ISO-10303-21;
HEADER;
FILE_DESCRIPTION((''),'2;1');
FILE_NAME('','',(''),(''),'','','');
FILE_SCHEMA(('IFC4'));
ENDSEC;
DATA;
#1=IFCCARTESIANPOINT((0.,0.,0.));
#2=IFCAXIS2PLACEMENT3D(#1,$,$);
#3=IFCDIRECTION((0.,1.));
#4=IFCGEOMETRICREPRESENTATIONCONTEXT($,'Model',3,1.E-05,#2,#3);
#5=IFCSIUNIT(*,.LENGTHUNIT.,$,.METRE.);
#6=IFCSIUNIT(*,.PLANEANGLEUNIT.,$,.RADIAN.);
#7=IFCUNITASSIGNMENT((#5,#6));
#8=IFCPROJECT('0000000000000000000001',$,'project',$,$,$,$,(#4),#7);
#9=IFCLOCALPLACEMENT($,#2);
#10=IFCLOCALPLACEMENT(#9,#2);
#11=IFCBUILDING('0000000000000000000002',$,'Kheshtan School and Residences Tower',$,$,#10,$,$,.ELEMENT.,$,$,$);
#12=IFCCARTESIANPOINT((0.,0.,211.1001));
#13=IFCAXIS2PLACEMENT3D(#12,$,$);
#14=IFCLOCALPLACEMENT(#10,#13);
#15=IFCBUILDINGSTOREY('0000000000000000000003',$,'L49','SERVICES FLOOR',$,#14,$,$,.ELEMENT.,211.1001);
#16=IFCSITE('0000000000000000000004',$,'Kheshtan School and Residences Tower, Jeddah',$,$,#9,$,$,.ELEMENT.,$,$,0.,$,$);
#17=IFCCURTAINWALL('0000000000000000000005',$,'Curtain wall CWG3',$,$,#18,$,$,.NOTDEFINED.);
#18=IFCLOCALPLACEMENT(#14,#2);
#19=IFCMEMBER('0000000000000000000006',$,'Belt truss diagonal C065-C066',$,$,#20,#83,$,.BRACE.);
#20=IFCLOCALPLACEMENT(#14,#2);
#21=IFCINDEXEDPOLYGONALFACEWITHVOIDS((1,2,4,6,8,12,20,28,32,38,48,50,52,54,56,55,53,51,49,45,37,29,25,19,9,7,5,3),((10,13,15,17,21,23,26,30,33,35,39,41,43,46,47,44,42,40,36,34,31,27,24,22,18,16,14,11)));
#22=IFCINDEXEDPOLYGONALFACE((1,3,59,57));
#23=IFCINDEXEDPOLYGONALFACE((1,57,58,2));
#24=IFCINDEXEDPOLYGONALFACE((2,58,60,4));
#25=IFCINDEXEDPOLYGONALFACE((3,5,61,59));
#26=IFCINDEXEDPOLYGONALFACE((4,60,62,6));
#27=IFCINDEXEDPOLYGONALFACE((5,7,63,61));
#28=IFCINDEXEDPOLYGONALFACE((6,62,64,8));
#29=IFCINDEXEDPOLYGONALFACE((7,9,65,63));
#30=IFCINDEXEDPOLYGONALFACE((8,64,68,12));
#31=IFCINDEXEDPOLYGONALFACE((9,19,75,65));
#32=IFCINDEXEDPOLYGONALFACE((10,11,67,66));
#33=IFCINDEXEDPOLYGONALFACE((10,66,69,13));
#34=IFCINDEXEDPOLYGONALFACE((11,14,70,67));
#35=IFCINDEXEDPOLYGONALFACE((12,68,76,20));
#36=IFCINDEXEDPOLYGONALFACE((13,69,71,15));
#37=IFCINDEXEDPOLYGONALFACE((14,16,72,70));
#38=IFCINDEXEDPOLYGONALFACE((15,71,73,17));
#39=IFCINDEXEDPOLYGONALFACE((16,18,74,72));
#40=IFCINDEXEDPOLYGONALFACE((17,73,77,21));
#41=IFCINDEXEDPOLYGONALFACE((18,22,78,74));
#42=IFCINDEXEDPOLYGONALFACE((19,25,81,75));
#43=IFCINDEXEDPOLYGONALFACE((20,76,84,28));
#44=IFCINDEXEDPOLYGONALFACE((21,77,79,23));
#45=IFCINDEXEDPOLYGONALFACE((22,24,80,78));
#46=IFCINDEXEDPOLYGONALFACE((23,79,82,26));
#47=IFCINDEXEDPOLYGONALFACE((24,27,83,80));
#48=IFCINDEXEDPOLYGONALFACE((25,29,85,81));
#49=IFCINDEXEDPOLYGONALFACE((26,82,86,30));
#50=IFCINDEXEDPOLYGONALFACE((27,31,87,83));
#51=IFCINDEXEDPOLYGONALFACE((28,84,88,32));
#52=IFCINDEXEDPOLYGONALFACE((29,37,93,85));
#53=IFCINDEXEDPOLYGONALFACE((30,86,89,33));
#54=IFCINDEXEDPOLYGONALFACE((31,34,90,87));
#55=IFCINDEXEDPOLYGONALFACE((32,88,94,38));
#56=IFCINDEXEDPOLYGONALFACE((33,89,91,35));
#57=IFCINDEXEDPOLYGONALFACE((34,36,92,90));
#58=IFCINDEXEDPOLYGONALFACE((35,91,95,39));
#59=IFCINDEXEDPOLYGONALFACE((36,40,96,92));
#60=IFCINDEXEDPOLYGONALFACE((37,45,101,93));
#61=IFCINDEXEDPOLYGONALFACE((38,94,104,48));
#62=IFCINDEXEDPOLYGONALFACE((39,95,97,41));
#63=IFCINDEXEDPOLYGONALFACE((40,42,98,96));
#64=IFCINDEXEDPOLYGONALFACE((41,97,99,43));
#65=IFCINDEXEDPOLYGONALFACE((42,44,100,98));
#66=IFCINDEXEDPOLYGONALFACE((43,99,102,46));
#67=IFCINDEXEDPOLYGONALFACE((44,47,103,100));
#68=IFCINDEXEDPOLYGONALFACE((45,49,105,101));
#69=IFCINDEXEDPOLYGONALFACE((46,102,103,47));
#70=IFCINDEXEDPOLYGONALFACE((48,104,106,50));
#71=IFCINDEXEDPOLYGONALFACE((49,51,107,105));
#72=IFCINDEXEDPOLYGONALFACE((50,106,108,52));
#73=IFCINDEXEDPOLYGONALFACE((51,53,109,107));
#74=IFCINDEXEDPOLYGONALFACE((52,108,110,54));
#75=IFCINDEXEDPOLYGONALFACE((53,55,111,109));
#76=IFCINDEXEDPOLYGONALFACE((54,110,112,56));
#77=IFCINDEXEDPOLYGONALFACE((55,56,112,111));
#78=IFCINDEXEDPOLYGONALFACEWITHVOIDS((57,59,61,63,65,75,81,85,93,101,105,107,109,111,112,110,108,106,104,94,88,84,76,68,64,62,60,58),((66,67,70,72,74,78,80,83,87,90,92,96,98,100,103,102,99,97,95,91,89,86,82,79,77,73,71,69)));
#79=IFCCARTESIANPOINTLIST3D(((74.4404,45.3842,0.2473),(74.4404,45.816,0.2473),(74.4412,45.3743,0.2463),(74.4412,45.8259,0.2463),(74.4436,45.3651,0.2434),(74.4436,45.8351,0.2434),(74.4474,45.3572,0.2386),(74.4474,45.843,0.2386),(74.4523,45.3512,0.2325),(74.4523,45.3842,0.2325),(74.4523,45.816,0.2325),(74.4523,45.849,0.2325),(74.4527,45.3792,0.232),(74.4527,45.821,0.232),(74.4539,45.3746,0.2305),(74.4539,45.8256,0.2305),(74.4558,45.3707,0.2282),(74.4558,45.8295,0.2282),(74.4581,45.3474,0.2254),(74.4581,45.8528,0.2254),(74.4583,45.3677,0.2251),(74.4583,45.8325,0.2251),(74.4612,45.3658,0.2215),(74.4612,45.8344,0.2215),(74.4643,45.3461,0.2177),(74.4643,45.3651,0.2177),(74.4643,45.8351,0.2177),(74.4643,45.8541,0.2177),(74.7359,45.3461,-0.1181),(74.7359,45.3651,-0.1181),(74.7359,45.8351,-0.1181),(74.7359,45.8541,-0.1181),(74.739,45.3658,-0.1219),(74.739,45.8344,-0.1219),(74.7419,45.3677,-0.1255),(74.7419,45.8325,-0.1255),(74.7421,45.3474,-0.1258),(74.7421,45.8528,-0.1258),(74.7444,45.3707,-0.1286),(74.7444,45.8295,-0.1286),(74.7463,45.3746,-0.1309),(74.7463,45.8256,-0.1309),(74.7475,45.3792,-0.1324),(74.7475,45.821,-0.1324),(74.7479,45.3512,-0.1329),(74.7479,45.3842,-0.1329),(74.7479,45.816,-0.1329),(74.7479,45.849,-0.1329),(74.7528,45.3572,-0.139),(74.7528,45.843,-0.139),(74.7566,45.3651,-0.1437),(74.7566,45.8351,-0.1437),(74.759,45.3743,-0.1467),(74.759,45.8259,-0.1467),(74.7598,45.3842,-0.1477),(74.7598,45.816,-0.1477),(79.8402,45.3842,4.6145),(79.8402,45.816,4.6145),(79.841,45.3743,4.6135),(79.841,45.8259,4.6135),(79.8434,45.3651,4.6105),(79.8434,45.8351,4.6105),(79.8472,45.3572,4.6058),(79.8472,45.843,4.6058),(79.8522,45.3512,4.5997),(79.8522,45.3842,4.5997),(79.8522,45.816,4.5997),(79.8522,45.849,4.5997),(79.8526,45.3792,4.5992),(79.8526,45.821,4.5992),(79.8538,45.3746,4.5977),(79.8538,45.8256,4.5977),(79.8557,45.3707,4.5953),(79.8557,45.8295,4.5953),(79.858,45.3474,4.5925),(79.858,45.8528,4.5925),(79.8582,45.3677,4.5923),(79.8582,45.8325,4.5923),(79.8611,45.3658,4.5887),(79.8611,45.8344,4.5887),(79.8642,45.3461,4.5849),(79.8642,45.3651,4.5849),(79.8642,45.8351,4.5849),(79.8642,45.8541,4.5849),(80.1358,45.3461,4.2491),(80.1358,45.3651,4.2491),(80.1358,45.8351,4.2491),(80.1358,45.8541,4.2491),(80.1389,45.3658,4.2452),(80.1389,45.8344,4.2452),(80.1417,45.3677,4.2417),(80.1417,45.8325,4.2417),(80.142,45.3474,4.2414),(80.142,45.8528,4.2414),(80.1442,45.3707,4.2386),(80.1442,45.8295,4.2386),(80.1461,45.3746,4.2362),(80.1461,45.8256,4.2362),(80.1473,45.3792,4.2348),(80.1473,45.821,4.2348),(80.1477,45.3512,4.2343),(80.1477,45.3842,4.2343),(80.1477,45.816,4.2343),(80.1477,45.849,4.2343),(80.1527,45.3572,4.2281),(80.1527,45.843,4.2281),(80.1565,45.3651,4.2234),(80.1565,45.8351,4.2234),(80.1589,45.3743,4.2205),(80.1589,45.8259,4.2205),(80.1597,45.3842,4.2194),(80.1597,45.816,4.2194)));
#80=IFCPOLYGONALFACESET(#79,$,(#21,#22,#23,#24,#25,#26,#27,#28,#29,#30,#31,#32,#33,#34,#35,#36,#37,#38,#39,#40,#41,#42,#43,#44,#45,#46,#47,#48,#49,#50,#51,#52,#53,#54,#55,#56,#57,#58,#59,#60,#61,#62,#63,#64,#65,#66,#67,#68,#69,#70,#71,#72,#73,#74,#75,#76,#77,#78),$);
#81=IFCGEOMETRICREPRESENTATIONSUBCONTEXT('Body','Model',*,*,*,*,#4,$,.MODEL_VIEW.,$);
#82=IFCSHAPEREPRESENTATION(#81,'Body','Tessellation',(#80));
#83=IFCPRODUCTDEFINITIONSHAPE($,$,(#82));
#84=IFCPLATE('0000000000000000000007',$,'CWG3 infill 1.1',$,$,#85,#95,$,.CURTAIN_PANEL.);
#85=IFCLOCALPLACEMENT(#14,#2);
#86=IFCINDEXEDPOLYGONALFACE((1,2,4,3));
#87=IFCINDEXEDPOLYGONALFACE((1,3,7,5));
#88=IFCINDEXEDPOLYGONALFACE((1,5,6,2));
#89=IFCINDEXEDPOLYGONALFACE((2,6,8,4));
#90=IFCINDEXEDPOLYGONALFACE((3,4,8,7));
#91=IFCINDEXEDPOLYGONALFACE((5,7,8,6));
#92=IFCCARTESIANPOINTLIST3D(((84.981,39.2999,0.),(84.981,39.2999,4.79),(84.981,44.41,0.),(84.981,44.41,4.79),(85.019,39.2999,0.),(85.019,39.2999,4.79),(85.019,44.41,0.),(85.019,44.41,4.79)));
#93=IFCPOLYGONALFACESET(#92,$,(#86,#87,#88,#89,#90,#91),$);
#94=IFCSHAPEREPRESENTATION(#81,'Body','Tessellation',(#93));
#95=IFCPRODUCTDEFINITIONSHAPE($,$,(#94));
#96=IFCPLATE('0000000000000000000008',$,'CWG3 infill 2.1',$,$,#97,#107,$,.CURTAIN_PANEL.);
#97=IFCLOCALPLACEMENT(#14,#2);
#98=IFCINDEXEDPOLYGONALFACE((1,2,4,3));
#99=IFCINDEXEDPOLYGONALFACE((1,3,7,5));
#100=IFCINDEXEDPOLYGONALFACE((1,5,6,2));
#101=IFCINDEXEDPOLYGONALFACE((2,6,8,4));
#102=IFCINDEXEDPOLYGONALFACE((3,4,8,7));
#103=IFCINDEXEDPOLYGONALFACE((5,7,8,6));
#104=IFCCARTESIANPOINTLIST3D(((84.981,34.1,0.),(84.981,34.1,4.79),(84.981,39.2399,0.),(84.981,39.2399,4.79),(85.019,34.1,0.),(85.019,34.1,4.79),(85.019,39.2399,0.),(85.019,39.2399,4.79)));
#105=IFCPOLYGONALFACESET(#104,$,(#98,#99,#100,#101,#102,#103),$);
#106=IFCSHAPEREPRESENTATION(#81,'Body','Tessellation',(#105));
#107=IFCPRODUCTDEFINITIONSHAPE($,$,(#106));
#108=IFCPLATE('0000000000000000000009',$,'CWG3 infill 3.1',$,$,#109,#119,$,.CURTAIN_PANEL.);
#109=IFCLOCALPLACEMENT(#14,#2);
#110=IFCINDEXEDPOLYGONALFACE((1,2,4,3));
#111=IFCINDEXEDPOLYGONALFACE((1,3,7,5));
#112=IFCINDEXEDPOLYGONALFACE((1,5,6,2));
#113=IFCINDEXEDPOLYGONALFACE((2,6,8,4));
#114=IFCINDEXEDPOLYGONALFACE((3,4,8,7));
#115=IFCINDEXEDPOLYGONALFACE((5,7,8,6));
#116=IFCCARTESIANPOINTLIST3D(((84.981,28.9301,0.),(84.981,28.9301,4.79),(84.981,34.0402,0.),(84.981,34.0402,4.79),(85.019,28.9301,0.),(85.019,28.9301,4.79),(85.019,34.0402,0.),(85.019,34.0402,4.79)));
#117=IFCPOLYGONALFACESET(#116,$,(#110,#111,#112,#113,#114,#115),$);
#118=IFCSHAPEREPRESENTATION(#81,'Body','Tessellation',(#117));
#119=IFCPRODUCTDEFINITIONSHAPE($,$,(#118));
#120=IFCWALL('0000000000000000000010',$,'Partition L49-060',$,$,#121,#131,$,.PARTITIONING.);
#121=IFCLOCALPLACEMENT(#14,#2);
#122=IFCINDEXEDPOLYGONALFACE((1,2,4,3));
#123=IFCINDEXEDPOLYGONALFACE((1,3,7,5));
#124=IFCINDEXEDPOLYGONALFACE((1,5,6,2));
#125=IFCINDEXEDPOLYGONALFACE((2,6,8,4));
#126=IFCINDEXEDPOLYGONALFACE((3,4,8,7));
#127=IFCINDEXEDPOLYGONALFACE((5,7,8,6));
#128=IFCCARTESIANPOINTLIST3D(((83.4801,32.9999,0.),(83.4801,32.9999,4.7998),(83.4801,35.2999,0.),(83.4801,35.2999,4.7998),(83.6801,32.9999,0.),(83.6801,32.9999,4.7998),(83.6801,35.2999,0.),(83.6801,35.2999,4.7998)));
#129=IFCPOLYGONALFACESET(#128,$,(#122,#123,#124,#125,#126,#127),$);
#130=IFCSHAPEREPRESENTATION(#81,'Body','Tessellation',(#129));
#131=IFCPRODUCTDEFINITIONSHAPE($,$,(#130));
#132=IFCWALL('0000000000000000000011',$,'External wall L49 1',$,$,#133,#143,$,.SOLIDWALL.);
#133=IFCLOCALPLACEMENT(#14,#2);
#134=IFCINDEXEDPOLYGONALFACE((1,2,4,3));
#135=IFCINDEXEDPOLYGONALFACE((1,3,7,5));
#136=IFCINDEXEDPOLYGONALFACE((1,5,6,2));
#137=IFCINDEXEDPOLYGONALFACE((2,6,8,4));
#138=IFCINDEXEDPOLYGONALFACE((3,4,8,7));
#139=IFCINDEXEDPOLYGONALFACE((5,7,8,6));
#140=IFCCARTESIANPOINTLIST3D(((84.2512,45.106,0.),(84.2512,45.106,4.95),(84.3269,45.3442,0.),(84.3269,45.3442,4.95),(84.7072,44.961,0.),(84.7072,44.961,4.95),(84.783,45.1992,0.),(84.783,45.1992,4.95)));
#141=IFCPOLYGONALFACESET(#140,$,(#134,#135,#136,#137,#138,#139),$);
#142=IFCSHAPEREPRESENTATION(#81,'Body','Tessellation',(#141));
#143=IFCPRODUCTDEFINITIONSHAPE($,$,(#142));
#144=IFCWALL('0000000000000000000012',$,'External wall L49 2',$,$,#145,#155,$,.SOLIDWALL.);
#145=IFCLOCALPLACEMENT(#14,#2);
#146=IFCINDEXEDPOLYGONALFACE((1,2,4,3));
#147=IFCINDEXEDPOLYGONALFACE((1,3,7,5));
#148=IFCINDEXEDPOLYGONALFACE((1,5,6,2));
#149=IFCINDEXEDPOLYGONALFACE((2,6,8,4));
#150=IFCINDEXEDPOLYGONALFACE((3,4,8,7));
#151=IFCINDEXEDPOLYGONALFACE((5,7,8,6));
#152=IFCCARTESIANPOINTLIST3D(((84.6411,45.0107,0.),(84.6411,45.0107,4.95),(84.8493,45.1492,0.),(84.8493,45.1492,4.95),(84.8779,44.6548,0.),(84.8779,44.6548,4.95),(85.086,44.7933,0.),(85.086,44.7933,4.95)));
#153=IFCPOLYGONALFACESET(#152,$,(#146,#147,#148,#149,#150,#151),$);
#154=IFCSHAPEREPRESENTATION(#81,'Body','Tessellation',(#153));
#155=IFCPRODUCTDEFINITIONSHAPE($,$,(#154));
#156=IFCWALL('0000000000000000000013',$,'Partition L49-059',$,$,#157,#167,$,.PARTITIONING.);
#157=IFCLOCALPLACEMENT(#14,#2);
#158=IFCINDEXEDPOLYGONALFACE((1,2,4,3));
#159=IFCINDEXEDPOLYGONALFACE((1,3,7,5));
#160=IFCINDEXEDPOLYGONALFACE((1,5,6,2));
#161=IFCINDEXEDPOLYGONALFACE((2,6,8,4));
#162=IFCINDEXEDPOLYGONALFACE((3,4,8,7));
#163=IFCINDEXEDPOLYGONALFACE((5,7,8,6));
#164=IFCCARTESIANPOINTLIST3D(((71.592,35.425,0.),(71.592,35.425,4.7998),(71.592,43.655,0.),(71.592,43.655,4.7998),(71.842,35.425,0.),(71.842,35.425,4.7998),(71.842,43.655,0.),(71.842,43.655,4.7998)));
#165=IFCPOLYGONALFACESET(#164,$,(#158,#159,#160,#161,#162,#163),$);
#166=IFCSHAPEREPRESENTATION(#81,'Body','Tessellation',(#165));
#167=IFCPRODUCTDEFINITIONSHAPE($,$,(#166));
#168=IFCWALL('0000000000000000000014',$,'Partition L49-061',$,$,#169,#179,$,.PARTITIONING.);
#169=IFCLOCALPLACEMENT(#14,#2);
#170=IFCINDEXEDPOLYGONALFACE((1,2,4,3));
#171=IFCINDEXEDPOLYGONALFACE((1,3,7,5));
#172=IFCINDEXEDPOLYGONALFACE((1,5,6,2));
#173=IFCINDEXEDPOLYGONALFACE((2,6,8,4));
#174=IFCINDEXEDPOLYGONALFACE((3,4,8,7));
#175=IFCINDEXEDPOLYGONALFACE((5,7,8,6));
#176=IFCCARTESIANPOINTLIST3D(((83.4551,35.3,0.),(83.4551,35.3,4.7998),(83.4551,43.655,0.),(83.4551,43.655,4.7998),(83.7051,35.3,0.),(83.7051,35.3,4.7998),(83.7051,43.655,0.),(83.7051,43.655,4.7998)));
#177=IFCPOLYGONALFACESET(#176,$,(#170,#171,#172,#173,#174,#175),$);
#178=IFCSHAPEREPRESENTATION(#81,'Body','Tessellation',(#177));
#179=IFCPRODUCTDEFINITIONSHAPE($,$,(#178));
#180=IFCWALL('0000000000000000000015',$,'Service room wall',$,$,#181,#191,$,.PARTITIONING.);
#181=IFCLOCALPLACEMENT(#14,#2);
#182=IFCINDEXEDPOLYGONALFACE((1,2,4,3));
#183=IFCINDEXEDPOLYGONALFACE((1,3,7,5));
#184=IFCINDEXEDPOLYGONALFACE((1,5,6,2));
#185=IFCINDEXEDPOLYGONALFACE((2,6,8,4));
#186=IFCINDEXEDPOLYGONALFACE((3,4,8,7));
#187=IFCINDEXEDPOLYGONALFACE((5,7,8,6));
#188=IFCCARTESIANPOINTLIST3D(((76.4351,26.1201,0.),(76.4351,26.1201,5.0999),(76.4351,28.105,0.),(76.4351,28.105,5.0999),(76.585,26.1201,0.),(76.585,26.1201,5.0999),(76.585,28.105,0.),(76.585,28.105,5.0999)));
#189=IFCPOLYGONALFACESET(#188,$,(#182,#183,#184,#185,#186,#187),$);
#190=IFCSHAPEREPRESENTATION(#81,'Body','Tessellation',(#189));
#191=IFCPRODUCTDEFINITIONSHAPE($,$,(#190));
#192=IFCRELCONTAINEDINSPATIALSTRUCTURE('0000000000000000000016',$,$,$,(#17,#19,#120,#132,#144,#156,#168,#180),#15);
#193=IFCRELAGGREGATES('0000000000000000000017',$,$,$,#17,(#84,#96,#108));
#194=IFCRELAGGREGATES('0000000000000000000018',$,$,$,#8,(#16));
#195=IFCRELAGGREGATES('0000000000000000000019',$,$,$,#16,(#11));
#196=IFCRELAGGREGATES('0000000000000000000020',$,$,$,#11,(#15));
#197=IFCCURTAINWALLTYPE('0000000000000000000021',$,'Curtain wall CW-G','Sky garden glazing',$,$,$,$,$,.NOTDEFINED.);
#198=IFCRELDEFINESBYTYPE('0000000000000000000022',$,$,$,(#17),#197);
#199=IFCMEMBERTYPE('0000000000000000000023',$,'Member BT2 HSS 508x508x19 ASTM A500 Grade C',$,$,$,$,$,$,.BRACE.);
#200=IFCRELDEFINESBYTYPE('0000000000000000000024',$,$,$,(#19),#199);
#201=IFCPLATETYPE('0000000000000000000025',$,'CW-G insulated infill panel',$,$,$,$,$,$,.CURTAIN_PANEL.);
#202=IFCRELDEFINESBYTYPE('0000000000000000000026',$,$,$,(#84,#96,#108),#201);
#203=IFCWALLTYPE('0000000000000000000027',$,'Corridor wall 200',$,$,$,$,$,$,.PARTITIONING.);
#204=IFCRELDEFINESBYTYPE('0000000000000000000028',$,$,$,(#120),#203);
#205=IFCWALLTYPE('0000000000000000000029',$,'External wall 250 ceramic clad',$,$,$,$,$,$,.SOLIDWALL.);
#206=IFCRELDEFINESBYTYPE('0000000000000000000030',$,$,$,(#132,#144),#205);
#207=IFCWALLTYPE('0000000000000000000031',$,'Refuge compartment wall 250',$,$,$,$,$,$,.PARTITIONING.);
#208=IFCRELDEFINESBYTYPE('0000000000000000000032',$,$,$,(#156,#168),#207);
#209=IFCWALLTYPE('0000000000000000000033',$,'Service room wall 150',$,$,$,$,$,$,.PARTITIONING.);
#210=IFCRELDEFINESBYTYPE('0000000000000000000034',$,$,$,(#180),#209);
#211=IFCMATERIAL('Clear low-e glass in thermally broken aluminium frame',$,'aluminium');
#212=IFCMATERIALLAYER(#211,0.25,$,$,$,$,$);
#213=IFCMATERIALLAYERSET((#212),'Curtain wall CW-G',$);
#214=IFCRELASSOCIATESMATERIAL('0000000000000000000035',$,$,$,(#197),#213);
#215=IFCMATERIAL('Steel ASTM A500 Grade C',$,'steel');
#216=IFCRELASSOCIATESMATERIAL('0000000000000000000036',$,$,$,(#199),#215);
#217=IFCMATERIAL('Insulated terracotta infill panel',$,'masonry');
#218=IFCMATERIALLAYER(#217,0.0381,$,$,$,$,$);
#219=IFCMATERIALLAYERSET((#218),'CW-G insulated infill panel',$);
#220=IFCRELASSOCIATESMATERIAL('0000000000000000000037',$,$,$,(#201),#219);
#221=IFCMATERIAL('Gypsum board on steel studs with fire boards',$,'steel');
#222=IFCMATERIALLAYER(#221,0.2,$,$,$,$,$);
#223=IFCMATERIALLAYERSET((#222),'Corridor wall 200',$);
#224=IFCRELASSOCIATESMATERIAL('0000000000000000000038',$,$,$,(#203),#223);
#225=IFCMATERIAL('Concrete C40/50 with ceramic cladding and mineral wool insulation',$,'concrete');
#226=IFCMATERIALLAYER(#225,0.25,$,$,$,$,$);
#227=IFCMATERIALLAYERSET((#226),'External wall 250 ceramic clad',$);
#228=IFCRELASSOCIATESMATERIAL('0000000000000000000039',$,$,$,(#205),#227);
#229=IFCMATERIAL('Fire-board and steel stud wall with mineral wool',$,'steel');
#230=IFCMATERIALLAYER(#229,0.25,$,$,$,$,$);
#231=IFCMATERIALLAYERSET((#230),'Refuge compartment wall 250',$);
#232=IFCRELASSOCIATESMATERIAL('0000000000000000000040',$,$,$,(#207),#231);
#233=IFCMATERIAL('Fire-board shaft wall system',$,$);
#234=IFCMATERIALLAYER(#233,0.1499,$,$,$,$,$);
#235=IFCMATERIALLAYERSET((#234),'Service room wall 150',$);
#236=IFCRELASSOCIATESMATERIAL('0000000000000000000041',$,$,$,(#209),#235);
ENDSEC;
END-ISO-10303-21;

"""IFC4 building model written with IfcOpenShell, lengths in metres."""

from ifc_helpers import new_model, si_unit, direction, frame, frame_2d, origin, origin_2d, place, context, subcontext, project, spatial, rectangle, hollow_rectangle, extrude, material, layer, layer_set, material_profile, profile_set, type_object, element, aggregate, save


model = new_model("IFC4")

# Units and contexts
model_context = context("Model", 3, precision=1e-05, world=origin(), true_north=direction((0.0, 1.0)))
body_context = subcontext(model_context, "Body", "Model", "MODEL_VIEW")
ifc_project = project(units=[si_unit("LENGTHUNIT", "METRE"), si_unit("PLANEANGLEUNIT", "RADIAN")], contexts=[model_context])

# Site, building, storey
site_placement = place(None, origin())
site = spatial("IfcSite", under=ifc_project, at=site_placement, Name="Kheshtan School and Residences Tower, Jeddah", CompositionType="ELEMENT", RefElevation=0.0)
building_placement = place(site_placement, origin())
building = spatial("IfcBuilding", under=site, at=building_placement, Name="Kheshtan School and Residences Tower", CompositionType="ELEMENT")
storey_placement = place(building_placement, frame((0.0, 0.0, 211.1001)))
storey = spatial("IfcBuildingStorey", under=building, at=storey_placement, Name="L49", Description="SERVICES FLOOR", CompositionType="ELEMENT", Elevation=211.1001)

# Curtain wall
ifc_material_1 = material(Name="Clear low-e glass in thermally broken aluminium frame", Category="aluminium")
ifc_layer_1 = layer(ifc_material_1, 0.25)
ifc_layer_set_1 = layer_set([ifc_layer_1], Name="Curtain wall CW-G")
curtain_wall_type = type_object("IfcCurtainWallType", Name="Curtain wall CW-G", Description="Sky garden glazing", PredefinedType="NOTDEFINED", material=ifc_layer_set_1)
curtain_wall_1_placement = place(storey_placement, origin())
curtain_wall_1 = element("IfcCurtainWall", 1, at=curtain_wall_1_placement, inside=storey, type_object=curtain_wall_type, Name="Curtain wall CWG3", PredefinedType="NOTDEFINED")

# Member
ifc_material_2 = material(Name="Steel ASTM A500 Grade C", Category="steel")
ifc_material_profile_1 = material_profile(ifc_material_2, hollow_rectangle(XDim=0.5081, YDim=0.5081, WallThickness=0.019, InnerFilletRadius=0.019, OuterFilletRadius=0.0381, at=origin_2d()), Name="HSS 508x508x19")
ifc_profile_set_1 = profile_set([ifc_material_profile_1], Name="Steel ASTM A500 Grade C")
member_type_1 = type_object("IfcMemberType", Name="Member BT2 HSS 508x508x19 ASTM A500 Grade C", PredefinedType="BRACE", material=ifc_profile_set_1)
member_1_placement = place(storey_placement, frame((74.6001, 45.6001, 0.0498), z_axis=(0.777538, 0.0, 0.628836), x_axis=(0.0, 1.0, 0.0)))
element("IfcMember", 2, at=member_1_placement, inside=storey, type_object=member_type_1, Name="Belt truss diagonal C065-C066", PredefinedType="BRACE", context=body_context, shape_type="SweptSolid", body=[
    extrude(hollow_rectangle(XDim=0.5081, YDim=0.5081, WallThickness=0.019, InnerFilletRadius=0.019, OuterFilletRadius=0.0381, at=origin_2d()), origin(), (0.0, 0.0, 1.0), 6.9448),
])

# Plates
ifc_material_3 = material(Name="Insulated terracotta infill panel", Category="masonry")
ifc_layer_2 = layer(ifc_material_3, 0.0381)
ifc_layer_set_2 = layer_set([ifc_layer_2], Name="CW-G insulated infill panel")
plate_type = type_object("IfcPlateType", Name="CW-G insulated infill panel", PredefinedType="CURTAIN_PANEL", material=ifc_layer_set_2)
plate_1_placement = place(storey_placement, frame((85.0, 41.855, 0.0), z_axis=(0.0, 0.0, 1.0), x_axis=(0.0, -1.0, 0.0)))
plate_1 = element("IfcPlate", 3, at=plate_1_placement, type_object=plate_type, Name="CWG3 infill 1.1", PredefinedType="CURTAIN_PANEL", context=body_context, shape_type="SweptSolid", body=[
    extrude(rectangle(XDim=5.1101, YDim=0.0381, at=origin_2d()), origin(), (0.0, 0.0, 1.0), 4.79),
])
plate_2_placement = place(storey_placement, frame((85.0, 36.6699, 0.0), z_axis=(0.0, 0.0, 1.0), x_axis=(0.0, -1.0, 0.0)))
plate_2 = element("IfcPlate", 4, at=plate_2_placement, type_object=plate_type, Name="CWG3 infill 2.1", PredefinedType="CURTAIN_PANEL", context=body_context, shape_type="SweptSolid", body=[
    extrude(rectangle(XDim=5.1399, YDim=0.0381, at=origin_2d()), origin(), (0.0, 0.0, 1.0), 4.79),
])
plate_3_placement = place(storey_placement, frame((85.0, 31.4851, 0.0), z_axis=(0.0, 0.0, 1.0), x_axis=(0.0, -1.0, 0.0)))
plate_3 = element("IfcPlate", 5, at=plate_3_placement, type_object=plate_type, Name="CWG3 infill 3.1", PredefinedType="CURTAIN_PANEL", context=body_context, shape_type="SweptSolid", body=[
    extrude(rectangle(XDim=5.1101, YDim=0.0381, at=origin_2d()), origin(), (0.0, 0.0, 1.0), 4.79),
])
aggregate(curtain_wall_1, [plate_1, plate_2, plate_3])

# Walls
ifc_material_4 = material(Name="Gypsum board on steel studs with fire boards", Category="steel")
ifc_layer_3 = layer(ifc_material_4, 0.2)
ifc_layer_set_3 = layer_set([ifc_layer_3], Name="Corridor wall 200")
wall_type_1 = type_object("IfcWallType", Name="Corridor wall 200", PredefinedType="PARTITIONING", material=ifc_layer_set_3)
wall_1_placement = place(storey_placement, frame((83.5801, 33.0, 0.0), z_axis=(0.0, 0.0, 1.0), x_axis=(0.0, 1.0, 0.0)))
element("IfcWall", 6, at=wall_1_placement, inside=storey, type_object=wall_type_1, Name="Partition L49-060", PredefinedType="PARTITIONING", context=body_context, shape_type="SweptSolid", body=[
    extrude(rectangle(XDim=2.3, YDim=0.2, at=frame_2d((1.1499, 0.0))), origin(), (0.0, 0.0, 1.0), 4.7998),
])
ifc_material_5 = material(Name="Concrete C40/50 with ceramic cladding and mineral wool insulation", Category="concrete")
ifc_layer_4 = layer(ifc_material_5, 0.25)
ifc_layer_set_4 = layer_set([ifc_layer_4], Name="External wall 250 ceramic clad")
wall_type_2 = type_object("IfcWallType", Name="External wall 250 ceramic clad", PredefinedType="SOLIDWALL", material=ifc_layer_set_4)
wall_2_placement = place(storey_placement, frame((84.2891, 45.2251, 0.0), z_axis=(0.0, 0.0, 1.0), x_axis=(0.952979, -0.303035, 0.0)))
element("IfcWall", 7, at=wall_2_placement, inside=storey, type_object=wall_type_2, Name="External wall L49 1", PredefinedType="SOLIDWALL", context=body_context, shape_type="SweptSolid", body=[
    extrude(rectangle(XDim=0.4785, YDim=0.25, at=frame_2d((0.2393, 0.0))), origin(), (0.0, 0.0, 1.0), 4.95),
])
wall_3_placement = place(storey_placement, frame((84.7451, 45.0801, 0.0), z_axis=(0.0, 0.0, 1.0), x_axis=(0.553909, -0.832577, 0.0)))
element("IfcWall", 8, at=wall_3_placement, inside=storey, type_object=wall_type_2, Name="External wall L49 2", PredefinedType="SOLIDWALL", context=body_context, shape_type="SweptSolid", body=[
    extrude(rectangle(XDim=0.4275, YDim=0.25, at=frame_2d((0.2139, 0.0))), origin(), (0.0, 0.0, 1.0), 4.95),
])

# Walls
ifc_material_6 = material(Name="Fire-board and steel stud wall with mineral wool", Category="steel")
ifc_layer_5 = layer(ifc_material_6, 0.25)
ifc_layer_set_5 = layer_set([ifc_layer_5], Name="Refuge compartment wall 250")
wall_type_3 = type_object("IfcWallType", Name="Refuge compartment wall 250", PredefinedType="PARTITIONING", material=ifc_layer_set_5)
wall_4_placement = place(storey_placement, frame((71.717, 35.425, 0.0), z_axis=(0.0, 0.0, 1.0), x_axis=(0.0, 1.0, 0.0)))
element("IfcWall", 9, at=wall_4_placement, inside=storey, type_object=wall_type_3, Name="Partition L49-059", PredefinedType="PARTITIONING", context=body_context, shape_type="SweptSolid", body=[
    extrude(rectangle(XDim=8.23, YDim=0.25, at=frame_2d((4.115, 0.0))), origin(), (0.0, 0.0, 1.0), 4.7998),
])
wall_5_placement = place(storey_placement, frame((83.5801, 35.3, 0.0), z_axis=(0.0, 0.0, 1.0), x_axis=(0.0, 1.0, 0.0)))
element("IfcWall", 10, at=wall_5_placement, inside=storey, type_object=wall_type_3, Name="Partition L49-061", PredefinedType="PARTITIONING", context=body_context, shape_type="SweptSolid", body=[
    extrude(rectangle(XDim=8.355, YDim=0.25, at=frame_2d((4.1775, 0.0))), origin(), (0.0, 0.0, 1.0), 4.7998),
])
ifc_material_7 = material(Name="Fire-board shaft wall system")
ifc_layer_6 = layer(ifc_material_7, 0.1499)
ifc_layer_set_6 = layer_set([ifc_layer_6], Name="Service room wall 150")
wall_type_4 = type_object("IfcWallType", Name="Service room wall 150", PredefinedType="PARTITIONING", material=ifc_layer_set_6)
wall_6_placement = place(storey_placement, frame((76.51, 26.1201, 0.0), z_axis=(0.0, 0.0, 1.0), x_axis=(0.0, 1.0, 0.0)))
element("IfcWall", 11, at=wall_6_placement, inside=storey, type_object=wall_type_4, Name="Service room wall", PredefinedType="PARTITIONING", context=body_context, shape_type="SweptSolid", body=[
    extrude(rectangle(XDim=1.9849, YDim=0.1499, at=frame_2d((0.9924, 0.0))), origin(), (0.0, 0.0, 1.0), 5.0999),
])

save(model, "model.ifc")
